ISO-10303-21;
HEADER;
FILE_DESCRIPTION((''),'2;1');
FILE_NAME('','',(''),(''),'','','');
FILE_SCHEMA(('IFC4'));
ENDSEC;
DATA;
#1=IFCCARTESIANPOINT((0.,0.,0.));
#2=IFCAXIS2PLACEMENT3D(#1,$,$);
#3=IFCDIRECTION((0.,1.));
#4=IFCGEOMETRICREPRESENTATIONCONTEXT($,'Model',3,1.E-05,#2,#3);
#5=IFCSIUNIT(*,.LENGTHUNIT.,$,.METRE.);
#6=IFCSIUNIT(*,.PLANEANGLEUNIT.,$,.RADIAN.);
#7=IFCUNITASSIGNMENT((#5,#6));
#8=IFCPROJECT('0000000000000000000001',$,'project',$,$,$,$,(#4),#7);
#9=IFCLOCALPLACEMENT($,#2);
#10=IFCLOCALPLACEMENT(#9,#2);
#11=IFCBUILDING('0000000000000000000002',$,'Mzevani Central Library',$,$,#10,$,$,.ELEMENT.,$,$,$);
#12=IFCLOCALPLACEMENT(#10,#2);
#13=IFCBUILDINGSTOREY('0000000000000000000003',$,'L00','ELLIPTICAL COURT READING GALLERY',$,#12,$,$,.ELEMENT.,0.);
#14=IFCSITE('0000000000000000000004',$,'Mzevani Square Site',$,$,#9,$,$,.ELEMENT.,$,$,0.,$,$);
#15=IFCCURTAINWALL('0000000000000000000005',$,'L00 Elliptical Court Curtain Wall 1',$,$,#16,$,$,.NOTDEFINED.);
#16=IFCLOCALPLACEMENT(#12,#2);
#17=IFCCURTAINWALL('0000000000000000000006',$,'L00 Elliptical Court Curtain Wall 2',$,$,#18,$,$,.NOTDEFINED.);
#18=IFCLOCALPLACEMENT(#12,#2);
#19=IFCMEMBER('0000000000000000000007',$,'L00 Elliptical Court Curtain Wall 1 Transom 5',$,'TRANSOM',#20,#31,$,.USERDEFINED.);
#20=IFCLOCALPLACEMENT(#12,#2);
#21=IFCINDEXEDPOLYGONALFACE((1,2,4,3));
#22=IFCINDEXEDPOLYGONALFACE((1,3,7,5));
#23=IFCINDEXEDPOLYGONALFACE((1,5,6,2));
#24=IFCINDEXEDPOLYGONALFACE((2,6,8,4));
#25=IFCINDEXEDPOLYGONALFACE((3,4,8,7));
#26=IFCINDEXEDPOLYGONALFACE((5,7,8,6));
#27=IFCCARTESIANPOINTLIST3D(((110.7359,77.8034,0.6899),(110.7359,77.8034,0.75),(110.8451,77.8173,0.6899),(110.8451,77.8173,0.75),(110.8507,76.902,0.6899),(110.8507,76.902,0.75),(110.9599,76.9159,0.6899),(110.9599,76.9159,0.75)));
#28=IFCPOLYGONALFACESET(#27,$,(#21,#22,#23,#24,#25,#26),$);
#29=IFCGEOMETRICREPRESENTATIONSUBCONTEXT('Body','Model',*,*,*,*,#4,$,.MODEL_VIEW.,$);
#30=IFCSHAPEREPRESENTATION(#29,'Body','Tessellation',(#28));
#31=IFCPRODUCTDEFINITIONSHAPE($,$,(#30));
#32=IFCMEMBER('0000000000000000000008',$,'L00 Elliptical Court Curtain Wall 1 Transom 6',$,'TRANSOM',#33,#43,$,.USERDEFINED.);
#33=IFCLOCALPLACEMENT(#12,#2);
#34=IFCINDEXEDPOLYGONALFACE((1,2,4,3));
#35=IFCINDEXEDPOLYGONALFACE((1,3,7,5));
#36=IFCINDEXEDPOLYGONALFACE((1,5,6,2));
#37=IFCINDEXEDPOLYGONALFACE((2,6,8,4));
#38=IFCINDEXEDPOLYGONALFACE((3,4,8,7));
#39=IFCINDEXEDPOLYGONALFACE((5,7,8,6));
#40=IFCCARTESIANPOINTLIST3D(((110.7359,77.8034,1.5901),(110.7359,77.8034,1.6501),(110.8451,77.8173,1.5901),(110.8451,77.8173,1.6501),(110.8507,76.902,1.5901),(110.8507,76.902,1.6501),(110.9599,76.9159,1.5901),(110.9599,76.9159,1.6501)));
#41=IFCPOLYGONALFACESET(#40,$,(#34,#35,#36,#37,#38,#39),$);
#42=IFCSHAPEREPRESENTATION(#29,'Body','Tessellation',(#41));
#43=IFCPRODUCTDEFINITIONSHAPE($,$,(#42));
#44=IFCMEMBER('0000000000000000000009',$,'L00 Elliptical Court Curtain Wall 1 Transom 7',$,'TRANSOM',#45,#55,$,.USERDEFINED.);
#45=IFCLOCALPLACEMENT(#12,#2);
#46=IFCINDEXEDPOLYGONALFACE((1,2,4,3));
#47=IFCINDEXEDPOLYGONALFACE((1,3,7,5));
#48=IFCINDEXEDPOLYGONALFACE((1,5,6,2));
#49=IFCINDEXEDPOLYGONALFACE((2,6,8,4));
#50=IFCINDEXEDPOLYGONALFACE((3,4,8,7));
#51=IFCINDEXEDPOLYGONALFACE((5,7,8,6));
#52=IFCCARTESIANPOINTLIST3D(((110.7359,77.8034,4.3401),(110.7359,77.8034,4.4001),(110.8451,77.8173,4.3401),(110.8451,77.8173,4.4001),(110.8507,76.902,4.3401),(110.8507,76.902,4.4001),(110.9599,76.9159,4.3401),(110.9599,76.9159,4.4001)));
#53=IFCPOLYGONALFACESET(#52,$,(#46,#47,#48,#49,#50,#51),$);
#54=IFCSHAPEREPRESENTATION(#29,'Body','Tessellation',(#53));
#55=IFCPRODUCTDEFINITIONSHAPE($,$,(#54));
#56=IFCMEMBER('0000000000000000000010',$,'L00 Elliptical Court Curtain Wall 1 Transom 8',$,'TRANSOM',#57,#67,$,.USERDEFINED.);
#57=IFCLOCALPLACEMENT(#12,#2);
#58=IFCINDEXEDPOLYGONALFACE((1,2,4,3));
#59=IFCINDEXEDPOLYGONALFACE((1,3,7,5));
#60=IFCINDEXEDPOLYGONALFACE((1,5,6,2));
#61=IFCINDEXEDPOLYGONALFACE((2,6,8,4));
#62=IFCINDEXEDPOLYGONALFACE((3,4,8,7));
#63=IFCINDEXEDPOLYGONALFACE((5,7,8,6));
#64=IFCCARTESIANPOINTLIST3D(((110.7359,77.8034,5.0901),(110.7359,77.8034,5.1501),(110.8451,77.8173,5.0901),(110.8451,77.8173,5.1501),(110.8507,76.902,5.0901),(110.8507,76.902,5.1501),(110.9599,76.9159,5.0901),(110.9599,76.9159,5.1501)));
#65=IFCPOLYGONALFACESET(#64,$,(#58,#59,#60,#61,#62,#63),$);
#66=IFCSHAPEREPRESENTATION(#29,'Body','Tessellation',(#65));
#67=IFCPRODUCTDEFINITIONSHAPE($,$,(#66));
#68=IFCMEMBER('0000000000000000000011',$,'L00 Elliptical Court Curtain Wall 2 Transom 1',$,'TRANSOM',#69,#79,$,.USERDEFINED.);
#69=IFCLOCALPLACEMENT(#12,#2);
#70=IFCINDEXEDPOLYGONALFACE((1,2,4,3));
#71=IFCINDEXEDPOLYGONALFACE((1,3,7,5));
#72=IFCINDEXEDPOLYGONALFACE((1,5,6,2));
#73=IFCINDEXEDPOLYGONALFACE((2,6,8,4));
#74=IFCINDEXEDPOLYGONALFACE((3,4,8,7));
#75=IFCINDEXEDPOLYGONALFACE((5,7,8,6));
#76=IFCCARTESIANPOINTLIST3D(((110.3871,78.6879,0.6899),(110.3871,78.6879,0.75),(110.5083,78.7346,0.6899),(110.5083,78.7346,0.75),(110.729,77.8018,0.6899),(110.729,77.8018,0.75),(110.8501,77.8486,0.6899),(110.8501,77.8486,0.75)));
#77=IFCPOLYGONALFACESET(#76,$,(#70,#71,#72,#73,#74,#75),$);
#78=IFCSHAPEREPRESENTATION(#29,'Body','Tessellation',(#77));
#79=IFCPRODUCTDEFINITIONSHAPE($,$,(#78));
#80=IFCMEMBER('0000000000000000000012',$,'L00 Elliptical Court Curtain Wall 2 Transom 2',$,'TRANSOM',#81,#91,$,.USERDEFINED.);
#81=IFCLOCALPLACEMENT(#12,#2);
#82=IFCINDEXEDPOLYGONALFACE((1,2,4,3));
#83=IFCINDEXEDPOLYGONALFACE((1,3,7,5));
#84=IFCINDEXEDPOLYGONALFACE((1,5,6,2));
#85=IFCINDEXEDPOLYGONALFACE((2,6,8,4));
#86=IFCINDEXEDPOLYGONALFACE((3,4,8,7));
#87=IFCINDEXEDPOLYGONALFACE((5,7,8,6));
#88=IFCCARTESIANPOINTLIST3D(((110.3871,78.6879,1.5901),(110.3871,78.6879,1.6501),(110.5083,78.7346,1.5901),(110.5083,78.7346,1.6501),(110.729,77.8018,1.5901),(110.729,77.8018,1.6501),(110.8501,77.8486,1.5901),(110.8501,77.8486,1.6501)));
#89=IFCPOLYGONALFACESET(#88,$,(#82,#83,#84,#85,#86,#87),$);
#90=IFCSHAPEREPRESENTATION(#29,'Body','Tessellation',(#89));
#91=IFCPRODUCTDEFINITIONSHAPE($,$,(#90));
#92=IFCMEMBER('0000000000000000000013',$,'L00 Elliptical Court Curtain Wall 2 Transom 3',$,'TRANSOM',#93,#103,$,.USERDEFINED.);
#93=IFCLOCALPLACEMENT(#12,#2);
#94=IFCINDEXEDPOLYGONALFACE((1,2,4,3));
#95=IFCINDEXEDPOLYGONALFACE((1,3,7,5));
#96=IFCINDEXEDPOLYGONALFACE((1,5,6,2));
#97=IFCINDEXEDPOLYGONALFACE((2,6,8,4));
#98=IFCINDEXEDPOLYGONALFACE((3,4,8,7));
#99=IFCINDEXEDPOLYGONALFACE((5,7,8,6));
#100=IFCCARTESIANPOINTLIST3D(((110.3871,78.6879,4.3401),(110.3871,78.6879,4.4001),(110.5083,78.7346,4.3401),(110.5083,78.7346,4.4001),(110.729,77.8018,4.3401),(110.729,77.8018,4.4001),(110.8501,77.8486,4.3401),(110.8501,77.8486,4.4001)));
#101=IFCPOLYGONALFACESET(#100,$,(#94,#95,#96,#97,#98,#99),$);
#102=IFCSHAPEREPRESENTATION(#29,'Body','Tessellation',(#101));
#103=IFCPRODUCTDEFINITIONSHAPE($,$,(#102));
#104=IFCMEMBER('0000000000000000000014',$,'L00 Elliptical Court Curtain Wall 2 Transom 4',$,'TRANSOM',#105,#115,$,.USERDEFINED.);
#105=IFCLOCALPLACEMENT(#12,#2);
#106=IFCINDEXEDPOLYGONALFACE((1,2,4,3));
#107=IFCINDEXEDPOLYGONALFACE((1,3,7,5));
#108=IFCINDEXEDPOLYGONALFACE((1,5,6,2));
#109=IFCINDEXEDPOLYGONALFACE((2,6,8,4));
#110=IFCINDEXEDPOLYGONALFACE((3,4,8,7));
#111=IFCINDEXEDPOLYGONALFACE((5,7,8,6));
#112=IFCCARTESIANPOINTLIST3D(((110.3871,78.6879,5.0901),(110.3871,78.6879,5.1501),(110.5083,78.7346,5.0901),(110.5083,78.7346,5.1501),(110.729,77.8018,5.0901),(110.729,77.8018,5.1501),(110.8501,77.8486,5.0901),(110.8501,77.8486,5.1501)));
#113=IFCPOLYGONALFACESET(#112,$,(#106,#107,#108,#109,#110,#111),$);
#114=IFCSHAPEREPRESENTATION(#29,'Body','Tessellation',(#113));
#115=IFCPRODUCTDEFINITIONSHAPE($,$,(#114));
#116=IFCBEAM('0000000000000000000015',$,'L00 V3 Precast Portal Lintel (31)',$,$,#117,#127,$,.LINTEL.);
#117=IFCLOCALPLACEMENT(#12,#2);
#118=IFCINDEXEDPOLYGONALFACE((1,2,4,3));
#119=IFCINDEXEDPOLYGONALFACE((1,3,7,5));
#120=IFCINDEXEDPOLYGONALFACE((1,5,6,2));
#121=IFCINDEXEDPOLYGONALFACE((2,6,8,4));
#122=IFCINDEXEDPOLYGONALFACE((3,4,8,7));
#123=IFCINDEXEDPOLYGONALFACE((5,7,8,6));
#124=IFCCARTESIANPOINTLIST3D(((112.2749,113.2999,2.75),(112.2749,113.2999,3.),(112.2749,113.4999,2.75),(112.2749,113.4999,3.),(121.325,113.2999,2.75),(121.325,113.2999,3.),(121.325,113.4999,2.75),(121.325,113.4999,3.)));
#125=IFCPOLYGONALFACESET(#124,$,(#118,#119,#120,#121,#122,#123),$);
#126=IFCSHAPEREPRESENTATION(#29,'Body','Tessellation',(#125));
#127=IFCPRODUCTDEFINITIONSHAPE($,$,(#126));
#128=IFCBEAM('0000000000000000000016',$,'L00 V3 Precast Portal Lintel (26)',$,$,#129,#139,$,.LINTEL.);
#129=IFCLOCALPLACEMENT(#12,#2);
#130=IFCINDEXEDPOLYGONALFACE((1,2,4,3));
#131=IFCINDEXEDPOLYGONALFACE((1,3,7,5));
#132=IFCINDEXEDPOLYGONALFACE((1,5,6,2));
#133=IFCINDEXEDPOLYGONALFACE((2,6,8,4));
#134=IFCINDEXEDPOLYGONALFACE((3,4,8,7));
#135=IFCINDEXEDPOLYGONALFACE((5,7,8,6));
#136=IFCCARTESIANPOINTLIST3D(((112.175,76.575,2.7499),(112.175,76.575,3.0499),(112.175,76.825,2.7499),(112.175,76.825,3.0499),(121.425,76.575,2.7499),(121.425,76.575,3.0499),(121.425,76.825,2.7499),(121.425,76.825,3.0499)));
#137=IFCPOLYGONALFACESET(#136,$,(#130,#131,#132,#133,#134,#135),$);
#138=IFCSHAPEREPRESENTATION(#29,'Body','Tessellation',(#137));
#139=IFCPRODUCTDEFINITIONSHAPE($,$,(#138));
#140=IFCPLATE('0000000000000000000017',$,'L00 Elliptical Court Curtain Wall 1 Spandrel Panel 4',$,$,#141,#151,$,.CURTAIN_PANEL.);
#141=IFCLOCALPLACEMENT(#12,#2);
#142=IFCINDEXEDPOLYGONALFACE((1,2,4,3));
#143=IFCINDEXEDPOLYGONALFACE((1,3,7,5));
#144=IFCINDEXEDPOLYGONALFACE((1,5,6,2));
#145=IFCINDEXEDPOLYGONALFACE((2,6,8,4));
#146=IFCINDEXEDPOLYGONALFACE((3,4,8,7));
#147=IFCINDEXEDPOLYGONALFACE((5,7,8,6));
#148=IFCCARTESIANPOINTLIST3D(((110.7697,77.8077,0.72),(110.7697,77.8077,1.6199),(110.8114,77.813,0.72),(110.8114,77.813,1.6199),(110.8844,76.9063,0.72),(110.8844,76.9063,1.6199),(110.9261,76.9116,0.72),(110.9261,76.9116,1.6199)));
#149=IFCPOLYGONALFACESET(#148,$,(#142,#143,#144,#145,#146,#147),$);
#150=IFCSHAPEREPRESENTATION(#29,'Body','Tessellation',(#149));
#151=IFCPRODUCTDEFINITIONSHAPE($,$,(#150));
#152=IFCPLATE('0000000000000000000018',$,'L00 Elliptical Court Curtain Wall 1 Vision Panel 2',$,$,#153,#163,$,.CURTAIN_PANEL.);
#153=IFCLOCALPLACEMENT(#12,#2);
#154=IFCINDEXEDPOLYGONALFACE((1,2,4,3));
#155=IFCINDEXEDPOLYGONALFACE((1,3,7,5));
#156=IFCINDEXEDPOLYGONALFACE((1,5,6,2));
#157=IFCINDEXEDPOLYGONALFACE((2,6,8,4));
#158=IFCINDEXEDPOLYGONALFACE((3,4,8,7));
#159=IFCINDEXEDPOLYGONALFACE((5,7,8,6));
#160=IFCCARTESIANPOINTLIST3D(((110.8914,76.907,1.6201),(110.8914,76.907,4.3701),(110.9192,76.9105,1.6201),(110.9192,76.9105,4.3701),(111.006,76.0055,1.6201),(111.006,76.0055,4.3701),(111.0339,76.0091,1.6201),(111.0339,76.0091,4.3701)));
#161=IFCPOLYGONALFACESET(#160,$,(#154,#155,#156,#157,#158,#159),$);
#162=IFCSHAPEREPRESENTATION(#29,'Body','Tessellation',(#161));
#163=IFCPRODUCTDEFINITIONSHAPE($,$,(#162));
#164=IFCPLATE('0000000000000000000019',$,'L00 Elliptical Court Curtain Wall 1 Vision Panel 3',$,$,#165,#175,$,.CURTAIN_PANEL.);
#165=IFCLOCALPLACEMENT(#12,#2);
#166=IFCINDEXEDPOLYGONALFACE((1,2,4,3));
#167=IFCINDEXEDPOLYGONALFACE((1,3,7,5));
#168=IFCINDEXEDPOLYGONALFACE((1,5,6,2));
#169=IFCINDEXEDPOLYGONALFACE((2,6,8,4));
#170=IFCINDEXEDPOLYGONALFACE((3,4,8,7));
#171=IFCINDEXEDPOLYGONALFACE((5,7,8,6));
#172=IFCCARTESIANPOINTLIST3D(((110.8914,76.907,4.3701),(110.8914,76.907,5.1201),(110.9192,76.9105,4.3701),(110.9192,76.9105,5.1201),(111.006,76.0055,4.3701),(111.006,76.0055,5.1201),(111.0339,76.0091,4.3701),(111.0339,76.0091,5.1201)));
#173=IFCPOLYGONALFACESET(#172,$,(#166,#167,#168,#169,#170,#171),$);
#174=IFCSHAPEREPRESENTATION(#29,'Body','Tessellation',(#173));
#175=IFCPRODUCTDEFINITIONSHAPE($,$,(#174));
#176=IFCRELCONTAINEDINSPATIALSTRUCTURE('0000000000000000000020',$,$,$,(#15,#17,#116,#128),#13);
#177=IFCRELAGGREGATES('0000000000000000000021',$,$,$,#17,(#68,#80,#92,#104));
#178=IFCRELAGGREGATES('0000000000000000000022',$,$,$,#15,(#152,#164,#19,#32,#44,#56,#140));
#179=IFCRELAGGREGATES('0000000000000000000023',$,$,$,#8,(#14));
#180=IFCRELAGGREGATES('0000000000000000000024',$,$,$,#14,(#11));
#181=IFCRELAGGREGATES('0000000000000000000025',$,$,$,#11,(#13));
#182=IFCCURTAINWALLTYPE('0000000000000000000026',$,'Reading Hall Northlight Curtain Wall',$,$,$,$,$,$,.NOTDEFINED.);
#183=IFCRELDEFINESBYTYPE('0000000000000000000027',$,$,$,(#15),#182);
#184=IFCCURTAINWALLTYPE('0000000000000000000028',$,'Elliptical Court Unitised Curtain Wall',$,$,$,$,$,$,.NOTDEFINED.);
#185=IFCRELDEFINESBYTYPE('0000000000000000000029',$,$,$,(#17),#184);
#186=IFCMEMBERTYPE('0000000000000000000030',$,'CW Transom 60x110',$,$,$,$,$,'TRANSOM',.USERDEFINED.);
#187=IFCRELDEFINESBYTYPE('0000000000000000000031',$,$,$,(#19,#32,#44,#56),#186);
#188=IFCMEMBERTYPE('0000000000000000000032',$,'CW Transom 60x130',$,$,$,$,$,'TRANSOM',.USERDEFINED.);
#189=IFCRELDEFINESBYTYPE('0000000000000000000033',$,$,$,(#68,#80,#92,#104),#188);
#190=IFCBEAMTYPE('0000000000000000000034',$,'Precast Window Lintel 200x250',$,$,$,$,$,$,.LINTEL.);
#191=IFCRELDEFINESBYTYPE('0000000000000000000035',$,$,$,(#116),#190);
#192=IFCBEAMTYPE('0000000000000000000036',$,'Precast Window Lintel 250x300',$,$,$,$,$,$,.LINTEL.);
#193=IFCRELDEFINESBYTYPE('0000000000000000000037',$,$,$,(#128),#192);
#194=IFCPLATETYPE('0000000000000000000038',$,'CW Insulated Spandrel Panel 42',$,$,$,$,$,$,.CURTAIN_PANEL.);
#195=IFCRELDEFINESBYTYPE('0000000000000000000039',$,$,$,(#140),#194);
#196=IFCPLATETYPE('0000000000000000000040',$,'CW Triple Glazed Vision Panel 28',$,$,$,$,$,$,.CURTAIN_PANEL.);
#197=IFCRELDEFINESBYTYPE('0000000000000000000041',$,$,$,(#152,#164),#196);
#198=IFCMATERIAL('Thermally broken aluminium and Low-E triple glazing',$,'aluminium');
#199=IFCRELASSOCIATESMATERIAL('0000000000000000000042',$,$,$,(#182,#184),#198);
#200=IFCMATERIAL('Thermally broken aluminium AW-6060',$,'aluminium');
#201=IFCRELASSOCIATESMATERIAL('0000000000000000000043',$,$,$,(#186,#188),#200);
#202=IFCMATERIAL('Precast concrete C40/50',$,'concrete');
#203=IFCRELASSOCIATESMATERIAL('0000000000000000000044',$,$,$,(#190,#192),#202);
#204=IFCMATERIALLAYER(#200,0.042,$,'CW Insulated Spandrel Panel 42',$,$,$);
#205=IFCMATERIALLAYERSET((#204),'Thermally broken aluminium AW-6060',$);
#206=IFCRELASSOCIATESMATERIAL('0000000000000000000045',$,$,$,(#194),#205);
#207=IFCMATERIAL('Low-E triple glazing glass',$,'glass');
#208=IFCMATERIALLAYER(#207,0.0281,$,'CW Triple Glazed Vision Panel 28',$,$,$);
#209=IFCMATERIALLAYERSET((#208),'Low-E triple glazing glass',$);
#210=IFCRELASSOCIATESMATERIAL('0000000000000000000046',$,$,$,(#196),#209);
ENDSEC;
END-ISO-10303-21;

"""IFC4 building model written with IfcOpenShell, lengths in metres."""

from ifc_helpers import new_model, si_unit, direction, frame, origin, origin_2d, place, context, subcontext, project, spatial, rectangle, extrude, material, layer, layer_set, material_profile, profile_set, type_object, element, aggregate, save


model = new_model("IFC4")

# Units and contexts
model_context = context("Model", 3, precision=1e-05, world=origin(), true_north=direction((0.0, 1.0)))
body_context = subcontext(model_context, "Body", "Model", "MODEL_VIEW")
ifc_project = project(units=[si_unit("LENGTHUNIT", "METRE"), si_unit("PLANEANGLEUNIT", "RADIAN")], contexts=[model_context])

# Site, building, storey
site_placement = place(None, origin())
site = spatial("IfcSite", under=ifc_project, at=site_placement, Name="Mzevani Square Site", CompositionType="ELEMENT", RefElevation=0.0)
building_placement = place(site_placement, origin())
building = spatial("IfcBuilding", under=site, at=building_placement, Name="Mzevani Central Library", CompositionType="ELEMENT")
storey_placement = place(building_placement, origin())
storey = spatial("IfcBuildingStorey", under=building, at=storey_placement, Name="L00", Description="ELLIPTICAL COURT READING GALLERY", CompositionType="ELEMENT", Elevation=0.0)

# Curtain wall
ifc_material_1 = material(Name="Thermally broken aluminium and Low-E triple glazing", Category="aluminium")
curtain_wall_type_1 = type_object("IfcCurtainWallType", Name="Reading Hall Northlight Curtain Wall", PredefinedType="NOTDEFINED", material=ifc_material_1)
curtain_wall_1_placement = place(storey_placement, origin())
curtain_wall_1 = element("IfcCurtainWall", 1, at=curtain_wall_1_placement, inside=storey, type_object=curtain_wall_type_1, Name="L00 Elliptical Court Curtain Wall 1", PredefinedType="NOTDEFINED")
ifc_material_2 = material(Name="Thermally broken aluminium AW-6060", Category="aluminium")

# Curtain wall
curtain_wall_type_2 = type_object("IfcCurtainWallType", Name="Elliptical Court Unitised Curtain Wall", PredefinedType="NOTDEFINED", material=ifc_material_1)
curtain_wall_2_placement = place(storey_placement, origin())
curtain_wall_2 = element("IfcCurtainWall", 2, at=curtain_wall_2_placement, inside=storey, type_object=curtain_wall_type_2, Name="L00 Elliptical Court Curtain Wall 2", PredefinedType="NOTDEFINED")

# Members
ifc_material_profile_1 = material_profile(ifc_material_2, rectangle(XDim=0.1101, YDim=0.0601, at=origin_2d()), Name="ALU T60x110")
ifc_profile_set_1 = profile_set([ifc_material_profile_1], Name="Thermally broken aluminium AW-6060")
member_type_1 = type_object("IfcMemberType", Name="CW Transom 60x110", ElementType="TRANSOM", PredefinedType="USERDEFINED", material=ifc_profile_set_1)
member_1_placement = place(storey_placement, frame((110.9053, 76.9089, 0.72), z_axis=(-0.126283, 0.991994, 0.0), x_axis=(-0.991994, -0.126283, 0.0)))
member_1 = element("IfcMember", 3, at=member_1_placement, type_object=member_type_1, Name="L00 Elliptical Court Curtain Wall 1 Transom 5", ObjectType="TRANSOM", PredefinedType="USERDEFINED", context=body_context, shape_type="SweptSolid", body=[
    extrude(rectangle(XDim=0.1101, YDim=0.0601, at=origin_2d()), origin(), (0.0, 0.0, 1.0), 0.9087),
])
member_2_placement = place(storey_placement, frame((110.9053, 76.9089, 1.6201), z_axis=(-0.126283, 0.991994, 0.0), x_axis=(-0.991994, -0.126283, 0.0)))
member_2 = element("IfcMember", 4, at=member_2_placement, type_object=member_type_1, Name="L00 Elliptical Court Curtain Wall 1 Transom 6", ObjectType="TRANSOM", PredefinedType="USERDEFINED", context=body_context, shape_type="SweptSolid", body=[
    extrude(rectangle(XDim=0.1101, YDim=0.0601, at=origin_2d()), origin(), (0.0, 0.0, 1.0), 0.9087),
])
member_3_placement = place(storey_placement, frame((110.9053, 76.9089, 4.3701), z_axis=(-0.126283, 0.991994, 0.0), x_axis=(-0.991994, -0.126283, 0.0)))
member_3 = element("IfcMember", 5, at=member_3_placement, type_object=member_type_1, Name="L00 Elliptical Court Curtain Wall 1 Transom 7", ObjectType="TRANSOM", PredefinedType="USERDEFINED", context=body_context, shape_type="SweptSolid", body=[
    extrude(rectangle(XDim=0.1101, YDim=0.0601, at=origin_2d()), origin(), (0.0, 0.0, 1.0), 0.9087),
])
member_4_placement = place(storey_placement, frame((110.9053, 76.9089, 5.1201), z_axis=(-0.126283, 0.991994, 0.0), x_axis=(-0.991994, -0.126283, 0.0)))
member_4 = element("IfcMember", 6, at=member_4_placement, type_object=member_type_1, Name="L00 Elliptical Court Curtain Wall 1 Transom 8", ObjectType="TRANSOM", PredefinedType="USERDEFINED", context=body_context, shape_type="SweptSolid", body=[
    extrude(rectangle(XDim=0.1101, YDim=0.0601, at=origin_2d()), origin(), (0.0, 0.0, 1.0), 0.9087),
])
ifc_material_profile_2 = material_profile(ifc_material_2, rectangle(XDim=0.1299, YDim=0.0601, at=origin_2d()), Name="ALU T60x130")
ifc_profile_set_2 = profile_set([ifc_material_profile_2], Name="Thermally broken aluminium AW-6060")
member_type_2 = type_object("IfcMemberType", Name="CW Transom 60x130", ElementType="TRANSOM", PredefinedType="USERDEFINED", material=ifc_profile_set_2)
member_5_placement = place(storey_placement, frame((110.7896, 77.8252, 0.72), z_axis=(-0.359926, 0.932981, 0.0), x_axis=(-0.932981, -0.359926, 0.0)))
member_5 = element("IfcMember", 7, at=member_5_placement, type_object=member_type_2, Name="L00 Elliptical Court Curtain Wall 2 Transom 1", ObjectType="TRANSOM", PredefinedType="USERDEFINED", context=body_context, shape_type="SweptSolid", body=[
    extrude(rectangle(XDim=0.1299, YDim=0.0601, at=origin_2d()), origin(), (0.0, 0.0, 1.0), 0.9497),
])
member_6_placement = place(storey_placement, frame((110.7896, 77.8252, 1.6201), z_axis=(-0.359926, 0.932981, 0.0), x_axis=(-0.932981, -0.359926, 0.0)))
member_6 = element("IfcMember", 8, at=member_6_placement, type_object=member_type_2, Name="L00 Elliptical Court Curtain Wall 2 Transom 2", ObjectType="TRANSOM", PredefinedType="USERDEFINED", context=body_context, shape_type="SweptSolid", body=[
    extrude(rectangle(XDim=0.1299, YDim=0.0601, at=origin_2d()), origin(), (0.0, 0.0, 1.0), 0.9497),
])
member_7_placement = place(storey_placement, frame((110.7896, 77.8252, 4.3701), z_axis=(-0.359926, 0.932981, 0.0), x_axis=(-0.932981, -0.359926, 0.0)))
member_7 = element("IfcMember", 9, at=member_7_placement, type_object=member_type_2, Name="L00 Elliptical Court Curtain Wall 2 Transom 3", ObjectType="TRANSOM", PredefinedType="USERDEFINED", context=body_context, shape_type="SweptSolid", body=[
    extrude(rectangle(XDim=0.1299, YDim=0.0601, at=origin_2d()), origin(), (0.0, 0.0, 1.0), 0.9497),
])
member_8_placement = place(storey_placement, frame((110.7896, 77.8252, 5.1201), z_axis=(-0.359926, 0.932981, 0.0), x_axis=(-0.932981, -0.359926, 0.0)))
member_8 = element("IfcMember", 10, at=member_8_placement, type_object=member_type_2, Name="L00 Elliptical Court Curtain Wall 2 Transom 4", ObjectType="TRANSOM", PredefinedType="USERDEFINED", context=body_context, shape_type="SweptSolid", body=[
    extrude(rectangle(XDim=0.1299, YDim=0.0601, at=origin_2d()), origin(), (0.0, 0.0, 1.0), 0.9497),
])
aggregate(curtain_wall_2, [member_5, member_6, member_7, member_8])

# Beams
ifc_material_3 = material(Name="Precast concrete C40/50", Category="concrete")
ifc_material_profile_3 = material_profile(ifc_material_3, rectangle(XDim=0.2, YDim=0.25, at=origin_2d()), Name="PC LN200x250")
ifc_profile_set_3 = profile_set([ifc_material_profile_3], Name="Precast concrete C40/50")
beam_type_1 = type_object("IfcBeamType", Name="Precast Window Lintel 200x250", PredefinedType="LINTEL", material=ifc_profile_set_3)
beam_1_placement = place(storey_placement, frame((112.2749, 113.3999, 2.875), z_axis=(1.0, 0.0, 0.0), x_axis=(0.0, 1.0, 0.0)))
element("IfcBeam", 11, at=beam_1_placement, inside=storey, type_object=beam_type_1, Name="L00 V3 Precast Portal Lintel (31)", PredefinedType="LINTEL", context=body_context, shape_type="SweptSolid", body=[
    extrude(rectangle(XDim=0.2, YDim=0.25, at=origin_2d()), origin(), (0.0, 0.0, 1.0), 9.05),
])
ifc_material_profile_4 = material_profile(ifc_material_3, rectangle(XDim=0.25, YDim=0.3, at=origin_2d()), Name="PC LN250x300")
ifc_profile_set_4 = profile_set([ifc_material_profile_4], Name="Precast concrete C40/50")
beam_type_2 = type_object("IfcBeamType", Name="Precast Window Lintel 250x300", PredefinedType="LINTEL", material=ifc_profile_set_4)
beam_2_placement = place(storey_placement, frame((112.175, 76.7, 2.8999), z_axis=(1.0, 0.0, 0.0), x_axis=(0.0, 1.0, 0.0)))
element("IfcBeam", 12, at=beam_2_placement, inside=storey, type_object=beam_type_2, Name="L00 V3 Precast Portal Lintel (26)", PredefinedType="LINTEL", context=body_context, shape_type="SweptSolid", body=[
    extrude(rectangle(XDim=0.25, YDim=0.3, at=origin_2d()), origin(), (0.0, 0.0, 1.0), 9.25),
])

# Plates
ifc_layer_1 = layer(ifc_material_2, 0.042, Name="CW Insulated Spandrel Panel 42")
ifc_layer_set_1 = layer_set([ifc_layer_1], Name="Thermally broken aluminium AW-6060")
plate_type_1 = type_object("IfcPlateType", Name="CW Insulated Spandrel Panel 42", PredefinedType="CURTAIN_PANEL", material=ifc_layer_set_1)
plate_1_placement = place(storey_placement, frame((110.8479, 77.3596, 0.72), z_axis=(0.0, 0.0, 1.0), x_axis=(-0.126168, 0.992009, 0.0)))
plate_1 = element("IfcPlate", 13, at=plate_1_placement, type_object=plate_type_1, Name="L00 Elliptical Court Curtain Wall 1 Spandrel Panel 4", PredefinedType="CURTAIN_PANEL", context=body_context, shape_type="SweptSolid", body=[
    extrude(rectangle(XDim=0.9087, YDim=0.042, at=origin_2d()), origin(), (0.0, 0.0, 1.0), 0.8999),
])
ifc_material_4 = material(Name="Low-E triple glazing glass", Category="glass")
ifc_layer_2 = layer(ifc_material_4, 0.0281, Name="CW Triple Glazed Vision Panel 28")
ifc_layer_set_2 = layer_set([ifc_layer_2], Name="Low-E triple glazing glass")
plate_type_2 = type_object("IfcPlateType", Name="CW Triple Glazed Vision Panel 28", PredefinedType="CURTAIN_PANEL", material=ifc_layer_set_2)
plate_2_placement = place(storey_placement, frame((110.9626, 76.458, 1.6201), z_axis=(0.0, 0.0, 1.0), x_axis=(-0.126168, 0.992009, 0.0)))
plate_2 = element("IfcPlate", 14, at=plate_2_placement, type_object=plate_type_2, Name="L00 Elliptical Court Curtain Wall 1 Vision Panel 2", PredefinedType="CURTAIN_PANEL", context=body_context, shape_type="SweptSolid", body=[
    extrude(rectangle(XDim=0.9087, YDim=0.0281, at=origin_2d()), origin(), (0.0, 0.0, 1.0), 2.75),
])
plate_3_placement = place(storey_placement, frame((110.9626, 76.458, 4.3701), z_axis=(0.0, 0.0, 1.0), x_axis=(-0.126168, 0.992009, 0.0)))
plate_3 = element("IfcPlate", 15, at=plate_3_placement, type_object=plate_type_2, Name="L00 Elliptical Court Curtain Wall 1 Vision Panel 3", PredefinedType="CURTAIN_PANEL", context=body_context, shape_type="SweptSolid", body=[
    extrude(rectangle(XDim=0.9087, YDim=0.0281, at=origin_2d()), origin(), (0.0, 0.0, 1.0), 0.75),
])
aggregate(curtain_wall_1, [plate_2, plate_3, member_1, member_2, member_3, member_4, plate_1])

save(model, "model.ifc")
